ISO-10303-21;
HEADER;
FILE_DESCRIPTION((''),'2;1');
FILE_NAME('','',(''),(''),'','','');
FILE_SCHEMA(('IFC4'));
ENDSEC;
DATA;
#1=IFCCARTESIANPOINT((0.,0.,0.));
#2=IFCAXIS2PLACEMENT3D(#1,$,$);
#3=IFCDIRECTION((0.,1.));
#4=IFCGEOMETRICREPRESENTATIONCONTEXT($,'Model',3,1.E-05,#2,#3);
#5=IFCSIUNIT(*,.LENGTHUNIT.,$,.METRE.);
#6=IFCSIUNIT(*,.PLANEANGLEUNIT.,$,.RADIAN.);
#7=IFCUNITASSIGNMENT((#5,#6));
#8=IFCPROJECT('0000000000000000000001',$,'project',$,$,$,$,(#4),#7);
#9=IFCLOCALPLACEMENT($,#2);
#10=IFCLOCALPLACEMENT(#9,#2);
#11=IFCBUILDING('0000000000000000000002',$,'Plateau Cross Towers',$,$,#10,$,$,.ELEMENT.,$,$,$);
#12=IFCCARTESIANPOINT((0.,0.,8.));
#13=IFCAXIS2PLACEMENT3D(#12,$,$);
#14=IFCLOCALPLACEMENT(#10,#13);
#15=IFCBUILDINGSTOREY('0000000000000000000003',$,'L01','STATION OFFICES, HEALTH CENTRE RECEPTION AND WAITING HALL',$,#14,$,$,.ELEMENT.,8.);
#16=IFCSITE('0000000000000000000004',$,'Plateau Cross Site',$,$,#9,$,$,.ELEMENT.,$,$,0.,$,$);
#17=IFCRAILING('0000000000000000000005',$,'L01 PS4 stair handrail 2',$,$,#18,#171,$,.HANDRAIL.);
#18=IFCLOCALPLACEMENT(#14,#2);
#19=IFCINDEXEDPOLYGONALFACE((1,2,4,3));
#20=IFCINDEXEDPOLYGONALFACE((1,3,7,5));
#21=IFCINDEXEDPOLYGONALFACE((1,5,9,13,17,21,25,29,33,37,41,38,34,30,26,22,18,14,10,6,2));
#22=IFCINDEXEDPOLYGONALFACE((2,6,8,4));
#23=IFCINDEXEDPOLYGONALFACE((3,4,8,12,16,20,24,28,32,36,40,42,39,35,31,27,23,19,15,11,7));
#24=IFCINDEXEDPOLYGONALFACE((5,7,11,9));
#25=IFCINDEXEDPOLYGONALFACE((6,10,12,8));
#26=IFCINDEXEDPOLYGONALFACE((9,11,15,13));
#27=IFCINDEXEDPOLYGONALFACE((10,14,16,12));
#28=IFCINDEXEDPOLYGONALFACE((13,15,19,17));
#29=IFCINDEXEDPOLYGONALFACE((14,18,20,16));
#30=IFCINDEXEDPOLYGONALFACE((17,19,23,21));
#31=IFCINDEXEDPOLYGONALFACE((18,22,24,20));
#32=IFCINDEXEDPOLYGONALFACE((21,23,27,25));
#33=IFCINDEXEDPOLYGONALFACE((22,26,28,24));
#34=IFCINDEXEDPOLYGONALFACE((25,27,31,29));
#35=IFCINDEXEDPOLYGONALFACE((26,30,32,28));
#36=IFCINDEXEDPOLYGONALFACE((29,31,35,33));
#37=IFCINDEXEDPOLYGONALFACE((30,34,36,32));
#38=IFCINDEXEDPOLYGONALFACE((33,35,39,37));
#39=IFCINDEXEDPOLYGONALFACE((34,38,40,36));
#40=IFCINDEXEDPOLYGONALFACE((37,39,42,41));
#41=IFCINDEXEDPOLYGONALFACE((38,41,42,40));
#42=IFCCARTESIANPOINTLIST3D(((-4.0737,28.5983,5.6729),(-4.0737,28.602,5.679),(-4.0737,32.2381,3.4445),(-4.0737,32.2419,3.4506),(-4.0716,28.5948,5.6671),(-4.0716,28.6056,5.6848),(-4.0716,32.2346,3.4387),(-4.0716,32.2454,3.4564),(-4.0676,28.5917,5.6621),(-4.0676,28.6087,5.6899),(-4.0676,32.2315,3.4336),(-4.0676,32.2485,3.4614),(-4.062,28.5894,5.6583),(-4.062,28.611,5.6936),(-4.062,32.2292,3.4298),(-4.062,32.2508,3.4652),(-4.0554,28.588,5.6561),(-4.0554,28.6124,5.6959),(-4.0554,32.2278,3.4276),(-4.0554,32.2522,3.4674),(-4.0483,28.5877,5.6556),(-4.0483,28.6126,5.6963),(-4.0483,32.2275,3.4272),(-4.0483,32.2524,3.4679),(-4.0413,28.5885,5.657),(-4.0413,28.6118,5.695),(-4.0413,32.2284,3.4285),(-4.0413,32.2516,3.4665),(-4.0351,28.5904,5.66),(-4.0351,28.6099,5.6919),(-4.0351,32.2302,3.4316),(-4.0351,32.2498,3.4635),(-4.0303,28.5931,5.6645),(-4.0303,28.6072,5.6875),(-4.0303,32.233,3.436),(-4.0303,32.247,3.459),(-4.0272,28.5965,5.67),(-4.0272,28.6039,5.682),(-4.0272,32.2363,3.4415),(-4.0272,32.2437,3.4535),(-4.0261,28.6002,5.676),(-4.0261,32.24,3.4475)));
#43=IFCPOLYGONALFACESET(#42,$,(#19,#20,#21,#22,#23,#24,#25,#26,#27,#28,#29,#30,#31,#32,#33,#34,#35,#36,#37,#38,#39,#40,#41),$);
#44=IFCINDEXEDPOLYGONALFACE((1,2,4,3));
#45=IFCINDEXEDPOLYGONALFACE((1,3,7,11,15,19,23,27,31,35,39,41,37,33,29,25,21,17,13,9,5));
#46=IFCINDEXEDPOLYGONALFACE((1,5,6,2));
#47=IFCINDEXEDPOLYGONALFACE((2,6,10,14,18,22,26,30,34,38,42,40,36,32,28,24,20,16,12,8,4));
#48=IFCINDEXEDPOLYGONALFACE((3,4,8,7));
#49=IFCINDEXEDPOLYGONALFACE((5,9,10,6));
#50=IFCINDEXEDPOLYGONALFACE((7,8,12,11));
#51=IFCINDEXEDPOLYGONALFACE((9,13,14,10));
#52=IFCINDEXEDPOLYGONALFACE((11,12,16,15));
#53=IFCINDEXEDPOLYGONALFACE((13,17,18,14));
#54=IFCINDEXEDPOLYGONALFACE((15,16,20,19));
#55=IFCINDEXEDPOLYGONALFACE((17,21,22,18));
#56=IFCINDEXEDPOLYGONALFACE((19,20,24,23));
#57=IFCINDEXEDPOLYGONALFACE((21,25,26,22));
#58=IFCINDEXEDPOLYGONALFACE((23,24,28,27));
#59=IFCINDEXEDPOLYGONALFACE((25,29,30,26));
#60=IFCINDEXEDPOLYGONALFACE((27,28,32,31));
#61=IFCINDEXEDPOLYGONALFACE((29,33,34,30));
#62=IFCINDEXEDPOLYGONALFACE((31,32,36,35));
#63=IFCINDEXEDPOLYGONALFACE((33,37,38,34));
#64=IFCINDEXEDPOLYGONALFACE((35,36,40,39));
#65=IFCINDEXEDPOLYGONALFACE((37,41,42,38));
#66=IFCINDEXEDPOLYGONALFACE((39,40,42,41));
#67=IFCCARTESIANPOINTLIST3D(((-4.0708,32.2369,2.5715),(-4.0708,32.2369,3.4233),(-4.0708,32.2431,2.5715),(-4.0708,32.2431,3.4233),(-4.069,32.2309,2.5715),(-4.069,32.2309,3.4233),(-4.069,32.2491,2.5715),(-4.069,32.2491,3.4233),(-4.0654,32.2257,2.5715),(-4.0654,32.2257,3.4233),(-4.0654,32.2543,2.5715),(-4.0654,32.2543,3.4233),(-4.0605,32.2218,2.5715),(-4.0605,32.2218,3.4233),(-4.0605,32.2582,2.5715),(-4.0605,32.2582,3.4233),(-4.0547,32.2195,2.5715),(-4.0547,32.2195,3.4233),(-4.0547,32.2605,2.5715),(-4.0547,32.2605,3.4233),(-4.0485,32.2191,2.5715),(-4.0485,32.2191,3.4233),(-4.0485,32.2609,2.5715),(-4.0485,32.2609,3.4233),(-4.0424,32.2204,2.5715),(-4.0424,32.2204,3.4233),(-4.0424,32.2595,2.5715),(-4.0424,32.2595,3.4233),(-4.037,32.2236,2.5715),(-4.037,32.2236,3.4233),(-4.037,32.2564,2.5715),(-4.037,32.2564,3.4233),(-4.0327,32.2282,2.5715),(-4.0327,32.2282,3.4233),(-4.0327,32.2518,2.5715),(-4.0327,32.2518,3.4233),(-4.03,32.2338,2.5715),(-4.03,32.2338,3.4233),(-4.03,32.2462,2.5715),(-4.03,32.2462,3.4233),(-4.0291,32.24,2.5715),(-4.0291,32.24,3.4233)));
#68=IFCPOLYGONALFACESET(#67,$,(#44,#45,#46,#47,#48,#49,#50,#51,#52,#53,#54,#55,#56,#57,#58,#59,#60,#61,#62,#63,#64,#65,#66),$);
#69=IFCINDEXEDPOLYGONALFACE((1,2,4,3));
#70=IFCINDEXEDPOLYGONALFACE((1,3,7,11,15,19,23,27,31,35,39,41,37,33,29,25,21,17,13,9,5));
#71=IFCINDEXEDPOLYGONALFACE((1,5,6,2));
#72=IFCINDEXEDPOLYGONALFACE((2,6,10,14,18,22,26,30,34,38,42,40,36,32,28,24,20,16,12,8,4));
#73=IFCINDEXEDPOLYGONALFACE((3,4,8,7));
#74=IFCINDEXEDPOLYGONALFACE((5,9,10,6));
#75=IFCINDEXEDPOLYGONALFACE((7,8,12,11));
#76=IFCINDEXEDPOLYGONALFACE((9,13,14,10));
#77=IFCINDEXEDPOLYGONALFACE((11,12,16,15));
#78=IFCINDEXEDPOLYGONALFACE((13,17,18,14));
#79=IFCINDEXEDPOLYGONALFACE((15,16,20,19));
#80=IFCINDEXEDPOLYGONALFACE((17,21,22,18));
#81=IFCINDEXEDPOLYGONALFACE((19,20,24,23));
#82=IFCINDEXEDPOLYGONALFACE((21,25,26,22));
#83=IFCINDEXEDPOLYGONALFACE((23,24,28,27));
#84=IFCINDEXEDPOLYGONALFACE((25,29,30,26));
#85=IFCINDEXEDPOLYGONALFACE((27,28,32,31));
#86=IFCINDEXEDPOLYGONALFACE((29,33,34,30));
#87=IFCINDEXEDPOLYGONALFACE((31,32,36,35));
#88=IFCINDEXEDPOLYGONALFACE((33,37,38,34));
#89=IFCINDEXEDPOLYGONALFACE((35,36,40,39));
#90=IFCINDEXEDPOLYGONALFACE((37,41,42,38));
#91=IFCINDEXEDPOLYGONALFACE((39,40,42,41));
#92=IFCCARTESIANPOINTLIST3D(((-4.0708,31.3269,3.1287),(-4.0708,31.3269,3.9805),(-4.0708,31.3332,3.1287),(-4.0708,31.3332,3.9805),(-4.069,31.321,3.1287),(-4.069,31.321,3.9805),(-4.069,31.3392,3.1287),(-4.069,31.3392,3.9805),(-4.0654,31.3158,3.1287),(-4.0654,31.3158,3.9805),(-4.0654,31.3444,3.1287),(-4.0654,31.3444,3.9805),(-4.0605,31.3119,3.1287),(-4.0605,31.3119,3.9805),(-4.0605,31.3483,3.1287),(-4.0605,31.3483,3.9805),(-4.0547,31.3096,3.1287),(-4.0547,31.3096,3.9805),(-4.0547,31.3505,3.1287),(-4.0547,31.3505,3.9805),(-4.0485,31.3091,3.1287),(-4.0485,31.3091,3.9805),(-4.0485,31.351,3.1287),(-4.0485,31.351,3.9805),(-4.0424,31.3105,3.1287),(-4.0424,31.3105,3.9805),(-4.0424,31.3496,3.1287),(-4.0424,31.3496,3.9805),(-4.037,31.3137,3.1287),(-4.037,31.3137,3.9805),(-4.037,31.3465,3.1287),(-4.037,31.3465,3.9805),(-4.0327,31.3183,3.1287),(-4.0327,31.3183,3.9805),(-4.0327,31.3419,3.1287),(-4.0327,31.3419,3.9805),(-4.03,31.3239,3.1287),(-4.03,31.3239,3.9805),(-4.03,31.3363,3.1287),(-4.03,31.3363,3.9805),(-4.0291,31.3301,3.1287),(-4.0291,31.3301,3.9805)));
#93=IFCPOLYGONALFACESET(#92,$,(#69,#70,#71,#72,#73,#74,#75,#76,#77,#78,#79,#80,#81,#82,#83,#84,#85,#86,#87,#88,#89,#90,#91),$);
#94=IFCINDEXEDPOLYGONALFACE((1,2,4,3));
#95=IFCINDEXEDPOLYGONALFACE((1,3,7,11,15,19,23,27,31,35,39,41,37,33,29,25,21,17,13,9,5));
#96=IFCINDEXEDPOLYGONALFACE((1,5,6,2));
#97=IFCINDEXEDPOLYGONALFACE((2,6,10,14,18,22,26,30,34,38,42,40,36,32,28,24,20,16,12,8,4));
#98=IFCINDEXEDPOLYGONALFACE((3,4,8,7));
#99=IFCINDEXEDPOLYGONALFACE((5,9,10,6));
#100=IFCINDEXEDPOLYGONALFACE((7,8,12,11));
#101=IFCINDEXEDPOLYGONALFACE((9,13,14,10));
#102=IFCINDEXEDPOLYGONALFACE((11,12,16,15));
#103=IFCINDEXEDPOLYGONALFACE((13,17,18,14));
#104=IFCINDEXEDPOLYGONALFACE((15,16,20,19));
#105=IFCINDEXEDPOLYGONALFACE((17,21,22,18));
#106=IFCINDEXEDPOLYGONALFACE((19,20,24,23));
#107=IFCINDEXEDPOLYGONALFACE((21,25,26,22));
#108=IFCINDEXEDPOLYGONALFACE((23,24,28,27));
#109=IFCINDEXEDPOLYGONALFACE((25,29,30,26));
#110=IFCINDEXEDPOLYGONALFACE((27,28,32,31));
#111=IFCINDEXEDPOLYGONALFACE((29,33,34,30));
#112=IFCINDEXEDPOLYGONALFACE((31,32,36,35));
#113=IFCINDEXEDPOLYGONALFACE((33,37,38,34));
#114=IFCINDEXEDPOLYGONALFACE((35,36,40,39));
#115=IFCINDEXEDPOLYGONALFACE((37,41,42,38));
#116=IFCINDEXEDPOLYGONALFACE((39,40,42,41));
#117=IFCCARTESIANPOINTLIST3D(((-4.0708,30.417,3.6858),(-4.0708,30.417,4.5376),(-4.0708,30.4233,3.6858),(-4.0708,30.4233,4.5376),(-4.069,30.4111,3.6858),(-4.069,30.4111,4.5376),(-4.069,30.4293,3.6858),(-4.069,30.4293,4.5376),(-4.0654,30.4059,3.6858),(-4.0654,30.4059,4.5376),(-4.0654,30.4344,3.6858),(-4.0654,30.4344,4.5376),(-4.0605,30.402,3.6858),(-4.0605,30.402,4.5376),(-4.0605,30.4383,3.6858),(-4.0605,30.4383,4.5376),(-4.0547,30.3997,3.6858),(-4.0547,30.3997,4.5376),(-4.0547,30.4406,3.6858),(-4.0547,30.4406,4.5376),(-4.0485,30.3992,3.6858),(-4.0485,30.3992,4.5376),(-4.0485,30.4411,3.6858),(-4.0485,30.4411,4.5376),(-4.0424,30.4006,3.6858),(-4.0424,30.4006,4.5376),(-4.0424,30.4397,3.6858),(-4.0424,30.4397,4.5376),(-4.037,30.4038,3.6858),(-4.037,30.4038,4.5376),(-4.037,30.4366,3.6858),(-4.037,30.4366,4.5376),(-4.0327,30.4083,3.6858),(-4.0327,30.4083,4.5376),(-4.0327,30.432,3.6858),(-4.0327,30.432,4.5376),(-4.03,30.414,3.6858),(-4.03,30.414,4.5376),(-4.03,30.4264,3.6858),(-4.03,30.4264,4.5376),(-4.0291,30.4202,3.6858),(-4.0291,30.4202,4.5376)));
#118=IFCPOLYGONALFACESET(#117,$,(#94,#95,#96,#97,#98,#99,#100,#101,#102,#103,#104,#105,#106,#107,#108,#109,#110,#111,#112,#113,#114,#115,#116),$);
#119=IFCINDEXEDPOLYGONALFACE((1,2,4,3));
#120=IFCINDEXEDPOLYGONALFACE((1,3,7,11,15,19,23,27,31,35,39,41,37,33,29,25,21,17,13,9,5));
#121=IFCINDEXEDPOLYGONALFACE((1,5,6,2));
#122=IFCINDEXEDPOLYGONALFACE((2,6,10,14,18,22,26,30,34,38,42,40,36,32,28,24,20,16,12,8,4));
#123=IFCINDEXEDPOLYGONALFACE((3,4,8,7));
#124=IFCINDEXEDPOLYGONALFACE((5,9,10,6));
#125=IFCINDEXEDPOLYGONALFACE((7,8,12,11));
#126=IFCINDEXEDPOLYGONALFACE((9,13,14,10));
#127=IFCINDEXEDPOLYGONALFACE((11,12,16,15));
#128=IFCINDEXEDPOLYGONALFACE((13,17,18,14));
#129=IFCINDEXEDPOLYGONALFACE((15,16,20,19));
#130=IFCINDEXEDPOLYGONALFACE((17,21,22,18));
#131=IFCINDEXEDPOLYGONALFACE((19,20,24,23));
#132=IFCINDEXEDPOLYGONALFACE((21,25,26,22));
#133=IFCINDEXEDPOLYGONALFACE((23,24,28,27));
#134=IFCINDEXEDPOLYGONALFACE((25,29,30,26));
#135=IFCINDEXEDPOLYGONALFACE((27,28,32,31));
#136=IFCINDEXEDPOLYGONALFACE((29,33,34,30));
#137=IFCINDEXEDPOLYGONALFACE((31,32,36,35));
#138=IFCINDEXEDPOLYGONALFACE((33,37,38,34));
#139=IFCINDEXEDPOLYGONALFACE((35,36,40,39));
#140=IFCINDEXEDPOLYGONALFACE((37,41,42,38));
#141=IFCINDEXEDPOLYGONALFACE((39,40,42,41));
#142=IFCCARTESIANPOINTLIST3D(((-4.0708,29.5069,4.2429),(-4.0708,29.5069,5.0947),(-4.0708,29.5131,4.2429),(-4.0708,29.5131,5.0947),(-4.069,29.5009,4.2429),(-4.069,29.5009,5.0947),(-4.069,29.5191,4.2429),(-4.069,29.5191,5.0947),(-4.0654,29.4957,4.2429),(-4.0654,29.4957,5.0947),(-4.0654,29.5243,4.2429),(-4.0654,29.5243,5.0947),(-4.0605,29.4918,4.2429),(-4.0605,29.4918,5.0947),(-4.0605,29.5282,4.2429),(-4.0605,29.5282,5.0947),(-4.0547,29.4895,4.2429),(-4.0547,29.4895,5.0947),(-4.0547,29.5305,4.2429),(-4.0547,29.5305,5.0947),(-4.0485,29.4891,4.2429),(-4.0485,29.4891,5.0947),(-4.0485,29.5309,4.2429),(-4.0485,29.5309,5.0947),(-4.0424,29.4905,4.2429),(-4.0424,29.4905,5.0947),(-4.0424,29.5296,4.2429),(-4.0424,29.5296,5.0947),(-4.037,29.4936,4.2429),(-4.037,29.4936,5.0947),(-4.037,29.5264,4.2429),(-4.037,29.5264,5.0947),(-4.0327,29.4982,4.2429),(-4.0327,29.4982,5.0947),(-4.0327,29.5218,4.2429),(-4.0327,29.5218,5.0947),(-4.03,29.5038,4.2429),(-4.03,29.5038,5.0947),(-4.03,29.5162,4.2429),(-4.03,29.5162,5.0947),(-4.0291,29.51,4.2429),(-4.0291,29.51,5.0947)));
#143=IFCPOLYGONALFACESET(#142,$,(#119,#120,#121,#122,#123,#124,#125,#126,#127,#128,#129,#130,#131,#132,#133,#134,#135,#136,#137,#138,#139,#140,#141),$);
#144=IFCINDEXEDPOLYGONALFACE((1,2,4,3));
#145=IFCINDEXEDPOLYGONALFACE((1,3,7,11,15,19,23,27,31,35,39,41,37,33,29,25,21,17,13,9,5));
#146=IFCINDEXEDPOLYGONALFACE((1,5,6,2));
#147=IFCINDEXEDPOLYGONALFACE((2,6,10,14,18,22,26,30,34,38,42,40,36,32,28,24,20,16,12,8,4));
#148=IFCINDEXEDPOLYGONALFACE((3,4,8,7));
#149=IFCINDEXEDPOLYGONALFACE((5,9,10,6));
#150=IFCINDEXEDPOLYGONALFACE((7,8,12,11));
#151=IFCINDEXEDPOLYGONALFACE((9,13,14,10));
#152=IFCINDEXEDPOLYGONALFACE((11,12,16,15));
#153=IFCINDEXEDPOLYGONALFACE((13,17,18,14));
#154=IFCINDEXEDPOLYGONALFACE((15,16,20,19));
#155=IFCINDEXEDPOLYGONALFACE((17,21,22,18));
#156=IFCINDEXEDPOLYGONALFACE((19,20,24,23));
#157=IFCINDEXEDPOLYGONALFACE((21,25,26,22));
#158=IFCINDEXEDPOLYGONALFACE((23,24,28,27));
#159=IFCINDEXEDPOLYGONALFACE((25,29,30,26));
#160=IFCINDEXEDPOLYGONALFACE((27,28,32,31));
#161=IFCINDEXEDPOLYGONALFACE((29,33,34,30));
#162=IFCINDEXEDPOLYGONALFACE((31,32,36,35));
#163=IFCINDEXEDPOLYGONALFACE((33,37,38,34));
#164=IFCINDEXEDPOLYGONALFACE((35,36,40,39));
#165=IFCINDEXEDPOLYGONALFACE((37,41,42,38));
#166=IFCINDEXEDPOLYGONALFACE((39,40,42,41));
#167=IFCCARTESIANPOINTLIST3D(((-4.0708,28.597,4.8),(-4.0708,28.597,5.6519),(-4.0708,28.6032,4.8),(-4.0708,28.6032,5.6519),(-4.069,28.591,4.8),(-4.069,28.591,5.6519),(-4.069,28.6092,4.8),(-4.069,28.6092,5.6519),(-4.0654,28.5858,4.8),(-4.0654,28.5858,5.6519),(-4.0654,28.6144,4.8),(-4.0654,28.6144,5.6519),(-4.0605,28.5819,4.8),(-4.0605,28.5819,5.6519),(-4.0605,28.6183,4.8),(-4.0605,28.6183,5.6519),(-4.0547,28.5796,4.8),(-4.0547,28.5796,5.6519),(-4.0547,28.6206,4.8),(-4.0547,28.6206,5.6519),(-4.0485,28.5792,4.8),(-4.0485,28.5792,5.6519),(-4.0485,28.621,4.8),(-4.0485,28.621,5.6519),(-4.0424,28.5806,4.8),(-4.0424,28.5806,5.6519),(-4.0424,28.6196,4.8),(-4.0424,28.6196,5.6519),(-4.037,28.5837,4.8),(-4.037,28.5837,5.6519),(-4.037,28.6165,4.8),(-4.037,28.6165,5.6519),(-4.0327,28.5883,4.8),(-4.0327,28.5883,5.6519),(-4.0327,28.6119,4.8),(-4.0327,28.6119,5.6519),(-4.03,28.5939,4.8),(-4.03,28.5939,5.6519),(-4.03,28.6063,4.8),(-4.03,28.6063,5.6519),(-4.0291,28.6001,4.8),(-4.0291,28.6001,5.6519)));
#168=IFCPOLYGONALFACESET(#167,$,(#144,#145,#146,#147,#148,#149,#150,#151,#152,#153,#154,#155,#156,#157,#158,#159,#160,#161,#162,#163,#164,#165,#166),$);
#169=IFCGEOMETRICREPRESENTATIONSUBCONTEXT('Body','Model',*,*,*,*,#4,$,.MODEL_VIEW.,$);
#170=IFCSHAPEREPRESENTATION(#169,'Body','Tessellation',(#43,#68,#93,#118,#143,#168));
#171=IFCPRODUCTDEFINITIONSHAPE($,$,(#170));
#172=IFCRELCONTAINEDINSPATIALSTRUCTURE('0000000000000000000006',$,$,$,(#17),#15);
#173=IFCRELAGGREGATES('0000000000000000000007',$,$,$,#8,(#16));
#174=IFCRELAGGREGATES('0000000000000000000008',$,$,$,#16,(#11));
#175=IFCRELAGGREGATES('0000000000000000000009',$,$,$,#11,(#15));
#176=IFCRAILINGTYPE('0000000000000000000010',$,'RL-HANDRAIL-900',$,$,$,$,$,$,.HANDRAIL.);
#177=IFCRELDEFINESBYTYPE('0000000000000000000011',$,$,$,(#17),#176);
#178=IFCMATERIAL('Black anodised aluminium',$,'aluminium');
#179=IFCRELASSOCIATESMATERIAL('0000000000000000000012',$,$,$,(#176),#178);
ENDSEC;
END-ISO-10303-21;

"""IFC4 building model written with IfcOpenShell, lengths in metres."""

from ifc_helpers import new_model, si_unit, direction, frame, origin, origin_2d, place, context, subcontext, project, spatial, circle, extrude, material, type_object, element, save


model = new_model("IFC4")

# Units and contexts
model_context = context("Model", 3, precision=1e-05, world=origin(), true_north=direction((0.0, 1.0)))
body_context = subcontext(model_context, "Body", "Model", "MODEL_VIEW")
ifc_project = project(units=[si_unit("LENGTHUNIT", "METRE"), si_unit("PLANEANGLEUNIT", "RADIAN")], contexts=[model_context])

# Site, building, storey
site_placement = place(None, origin())
site = spatial("IfcSite", under=ifc_project, at=site_placement, Name="Plateau Cross Site", CompositionType="ELEMENT", RefElevation=0.0)
building_placement = place(site_placement, origin())
building = spatial("IfcBuilding", under=site, at=building_placement, Name="Plateau Cross Towers", CompositionType="ELEMENT")
storey_placement = place(building_placement, frame((0.0, 0.0, 8.0)))
storey = spatial("IfcBuildingStorey", under=building, at=storey_placement, Name="L01", Description="STATION OFFICES, HEALTH CENTRE RECEPTION AND WAITING HALL", CompositionType="ELEMENT", Elevation=8.0)

# Shared definitions
ifc_material_1 = material(Name="Black anodised aluminium", Category="aluminium")

# Railing
railing_type_1 = type_object("IfcRailingType", Name="RL-HANDRAIL-900", PredefinedType="HANDRAIL", material=ifc_material_1)
railing_1_placement = place(storey_placement, frame((-4.05, 32.24, 2.5715)))
element("IfcRailing", 1, at=railing_1_placement, inside=storey, type_object=railing_type_1, Name="L01 PS4 stair handrail 2", PredefinedType="HANDRAIL", context=body_context, shape_type="SweptSolid", body=[
    extrude(circle(Radius=0.0239, at=origin_2d()), frame((0.0, 0.0, 0.876), z_axis=(0.0, -0.85285, 0.522156), x_axis=(1.0, 0.0, 0.0)), (0.0, 0.0, 1.0), 4.2678),
    extrude(circle(Radius=0.021, at=origin_2d()), origin(), (0.0, 0.0, 1.0), 0.8518),
    extrude(circle(Radius=0.021, at=origin_2d()), frame((0.0, -0.9099, 0.5571)), (0.0, 0.0, 1.0), 0.8518),
    extrude(circle(Radius=0.021, at=origin_2d()), frame((0.0, -1.8198, 1.1143)), (0.0, 0.0, 1.0), 0.8518),
    extrude(circle(Radius=0.021, at=origin_2d()), frame((0.0, -2.73, 1.6714)), (0.0, 0.0, 1.0), 0.8518),
    extrude(circle(Radius=0.021, at=origin_2d()), frame((0.0, -3.6399, 2.2285)), (0.0, 0.0, 1.0), 0.8518),
])

save(model, "model.ifc")
